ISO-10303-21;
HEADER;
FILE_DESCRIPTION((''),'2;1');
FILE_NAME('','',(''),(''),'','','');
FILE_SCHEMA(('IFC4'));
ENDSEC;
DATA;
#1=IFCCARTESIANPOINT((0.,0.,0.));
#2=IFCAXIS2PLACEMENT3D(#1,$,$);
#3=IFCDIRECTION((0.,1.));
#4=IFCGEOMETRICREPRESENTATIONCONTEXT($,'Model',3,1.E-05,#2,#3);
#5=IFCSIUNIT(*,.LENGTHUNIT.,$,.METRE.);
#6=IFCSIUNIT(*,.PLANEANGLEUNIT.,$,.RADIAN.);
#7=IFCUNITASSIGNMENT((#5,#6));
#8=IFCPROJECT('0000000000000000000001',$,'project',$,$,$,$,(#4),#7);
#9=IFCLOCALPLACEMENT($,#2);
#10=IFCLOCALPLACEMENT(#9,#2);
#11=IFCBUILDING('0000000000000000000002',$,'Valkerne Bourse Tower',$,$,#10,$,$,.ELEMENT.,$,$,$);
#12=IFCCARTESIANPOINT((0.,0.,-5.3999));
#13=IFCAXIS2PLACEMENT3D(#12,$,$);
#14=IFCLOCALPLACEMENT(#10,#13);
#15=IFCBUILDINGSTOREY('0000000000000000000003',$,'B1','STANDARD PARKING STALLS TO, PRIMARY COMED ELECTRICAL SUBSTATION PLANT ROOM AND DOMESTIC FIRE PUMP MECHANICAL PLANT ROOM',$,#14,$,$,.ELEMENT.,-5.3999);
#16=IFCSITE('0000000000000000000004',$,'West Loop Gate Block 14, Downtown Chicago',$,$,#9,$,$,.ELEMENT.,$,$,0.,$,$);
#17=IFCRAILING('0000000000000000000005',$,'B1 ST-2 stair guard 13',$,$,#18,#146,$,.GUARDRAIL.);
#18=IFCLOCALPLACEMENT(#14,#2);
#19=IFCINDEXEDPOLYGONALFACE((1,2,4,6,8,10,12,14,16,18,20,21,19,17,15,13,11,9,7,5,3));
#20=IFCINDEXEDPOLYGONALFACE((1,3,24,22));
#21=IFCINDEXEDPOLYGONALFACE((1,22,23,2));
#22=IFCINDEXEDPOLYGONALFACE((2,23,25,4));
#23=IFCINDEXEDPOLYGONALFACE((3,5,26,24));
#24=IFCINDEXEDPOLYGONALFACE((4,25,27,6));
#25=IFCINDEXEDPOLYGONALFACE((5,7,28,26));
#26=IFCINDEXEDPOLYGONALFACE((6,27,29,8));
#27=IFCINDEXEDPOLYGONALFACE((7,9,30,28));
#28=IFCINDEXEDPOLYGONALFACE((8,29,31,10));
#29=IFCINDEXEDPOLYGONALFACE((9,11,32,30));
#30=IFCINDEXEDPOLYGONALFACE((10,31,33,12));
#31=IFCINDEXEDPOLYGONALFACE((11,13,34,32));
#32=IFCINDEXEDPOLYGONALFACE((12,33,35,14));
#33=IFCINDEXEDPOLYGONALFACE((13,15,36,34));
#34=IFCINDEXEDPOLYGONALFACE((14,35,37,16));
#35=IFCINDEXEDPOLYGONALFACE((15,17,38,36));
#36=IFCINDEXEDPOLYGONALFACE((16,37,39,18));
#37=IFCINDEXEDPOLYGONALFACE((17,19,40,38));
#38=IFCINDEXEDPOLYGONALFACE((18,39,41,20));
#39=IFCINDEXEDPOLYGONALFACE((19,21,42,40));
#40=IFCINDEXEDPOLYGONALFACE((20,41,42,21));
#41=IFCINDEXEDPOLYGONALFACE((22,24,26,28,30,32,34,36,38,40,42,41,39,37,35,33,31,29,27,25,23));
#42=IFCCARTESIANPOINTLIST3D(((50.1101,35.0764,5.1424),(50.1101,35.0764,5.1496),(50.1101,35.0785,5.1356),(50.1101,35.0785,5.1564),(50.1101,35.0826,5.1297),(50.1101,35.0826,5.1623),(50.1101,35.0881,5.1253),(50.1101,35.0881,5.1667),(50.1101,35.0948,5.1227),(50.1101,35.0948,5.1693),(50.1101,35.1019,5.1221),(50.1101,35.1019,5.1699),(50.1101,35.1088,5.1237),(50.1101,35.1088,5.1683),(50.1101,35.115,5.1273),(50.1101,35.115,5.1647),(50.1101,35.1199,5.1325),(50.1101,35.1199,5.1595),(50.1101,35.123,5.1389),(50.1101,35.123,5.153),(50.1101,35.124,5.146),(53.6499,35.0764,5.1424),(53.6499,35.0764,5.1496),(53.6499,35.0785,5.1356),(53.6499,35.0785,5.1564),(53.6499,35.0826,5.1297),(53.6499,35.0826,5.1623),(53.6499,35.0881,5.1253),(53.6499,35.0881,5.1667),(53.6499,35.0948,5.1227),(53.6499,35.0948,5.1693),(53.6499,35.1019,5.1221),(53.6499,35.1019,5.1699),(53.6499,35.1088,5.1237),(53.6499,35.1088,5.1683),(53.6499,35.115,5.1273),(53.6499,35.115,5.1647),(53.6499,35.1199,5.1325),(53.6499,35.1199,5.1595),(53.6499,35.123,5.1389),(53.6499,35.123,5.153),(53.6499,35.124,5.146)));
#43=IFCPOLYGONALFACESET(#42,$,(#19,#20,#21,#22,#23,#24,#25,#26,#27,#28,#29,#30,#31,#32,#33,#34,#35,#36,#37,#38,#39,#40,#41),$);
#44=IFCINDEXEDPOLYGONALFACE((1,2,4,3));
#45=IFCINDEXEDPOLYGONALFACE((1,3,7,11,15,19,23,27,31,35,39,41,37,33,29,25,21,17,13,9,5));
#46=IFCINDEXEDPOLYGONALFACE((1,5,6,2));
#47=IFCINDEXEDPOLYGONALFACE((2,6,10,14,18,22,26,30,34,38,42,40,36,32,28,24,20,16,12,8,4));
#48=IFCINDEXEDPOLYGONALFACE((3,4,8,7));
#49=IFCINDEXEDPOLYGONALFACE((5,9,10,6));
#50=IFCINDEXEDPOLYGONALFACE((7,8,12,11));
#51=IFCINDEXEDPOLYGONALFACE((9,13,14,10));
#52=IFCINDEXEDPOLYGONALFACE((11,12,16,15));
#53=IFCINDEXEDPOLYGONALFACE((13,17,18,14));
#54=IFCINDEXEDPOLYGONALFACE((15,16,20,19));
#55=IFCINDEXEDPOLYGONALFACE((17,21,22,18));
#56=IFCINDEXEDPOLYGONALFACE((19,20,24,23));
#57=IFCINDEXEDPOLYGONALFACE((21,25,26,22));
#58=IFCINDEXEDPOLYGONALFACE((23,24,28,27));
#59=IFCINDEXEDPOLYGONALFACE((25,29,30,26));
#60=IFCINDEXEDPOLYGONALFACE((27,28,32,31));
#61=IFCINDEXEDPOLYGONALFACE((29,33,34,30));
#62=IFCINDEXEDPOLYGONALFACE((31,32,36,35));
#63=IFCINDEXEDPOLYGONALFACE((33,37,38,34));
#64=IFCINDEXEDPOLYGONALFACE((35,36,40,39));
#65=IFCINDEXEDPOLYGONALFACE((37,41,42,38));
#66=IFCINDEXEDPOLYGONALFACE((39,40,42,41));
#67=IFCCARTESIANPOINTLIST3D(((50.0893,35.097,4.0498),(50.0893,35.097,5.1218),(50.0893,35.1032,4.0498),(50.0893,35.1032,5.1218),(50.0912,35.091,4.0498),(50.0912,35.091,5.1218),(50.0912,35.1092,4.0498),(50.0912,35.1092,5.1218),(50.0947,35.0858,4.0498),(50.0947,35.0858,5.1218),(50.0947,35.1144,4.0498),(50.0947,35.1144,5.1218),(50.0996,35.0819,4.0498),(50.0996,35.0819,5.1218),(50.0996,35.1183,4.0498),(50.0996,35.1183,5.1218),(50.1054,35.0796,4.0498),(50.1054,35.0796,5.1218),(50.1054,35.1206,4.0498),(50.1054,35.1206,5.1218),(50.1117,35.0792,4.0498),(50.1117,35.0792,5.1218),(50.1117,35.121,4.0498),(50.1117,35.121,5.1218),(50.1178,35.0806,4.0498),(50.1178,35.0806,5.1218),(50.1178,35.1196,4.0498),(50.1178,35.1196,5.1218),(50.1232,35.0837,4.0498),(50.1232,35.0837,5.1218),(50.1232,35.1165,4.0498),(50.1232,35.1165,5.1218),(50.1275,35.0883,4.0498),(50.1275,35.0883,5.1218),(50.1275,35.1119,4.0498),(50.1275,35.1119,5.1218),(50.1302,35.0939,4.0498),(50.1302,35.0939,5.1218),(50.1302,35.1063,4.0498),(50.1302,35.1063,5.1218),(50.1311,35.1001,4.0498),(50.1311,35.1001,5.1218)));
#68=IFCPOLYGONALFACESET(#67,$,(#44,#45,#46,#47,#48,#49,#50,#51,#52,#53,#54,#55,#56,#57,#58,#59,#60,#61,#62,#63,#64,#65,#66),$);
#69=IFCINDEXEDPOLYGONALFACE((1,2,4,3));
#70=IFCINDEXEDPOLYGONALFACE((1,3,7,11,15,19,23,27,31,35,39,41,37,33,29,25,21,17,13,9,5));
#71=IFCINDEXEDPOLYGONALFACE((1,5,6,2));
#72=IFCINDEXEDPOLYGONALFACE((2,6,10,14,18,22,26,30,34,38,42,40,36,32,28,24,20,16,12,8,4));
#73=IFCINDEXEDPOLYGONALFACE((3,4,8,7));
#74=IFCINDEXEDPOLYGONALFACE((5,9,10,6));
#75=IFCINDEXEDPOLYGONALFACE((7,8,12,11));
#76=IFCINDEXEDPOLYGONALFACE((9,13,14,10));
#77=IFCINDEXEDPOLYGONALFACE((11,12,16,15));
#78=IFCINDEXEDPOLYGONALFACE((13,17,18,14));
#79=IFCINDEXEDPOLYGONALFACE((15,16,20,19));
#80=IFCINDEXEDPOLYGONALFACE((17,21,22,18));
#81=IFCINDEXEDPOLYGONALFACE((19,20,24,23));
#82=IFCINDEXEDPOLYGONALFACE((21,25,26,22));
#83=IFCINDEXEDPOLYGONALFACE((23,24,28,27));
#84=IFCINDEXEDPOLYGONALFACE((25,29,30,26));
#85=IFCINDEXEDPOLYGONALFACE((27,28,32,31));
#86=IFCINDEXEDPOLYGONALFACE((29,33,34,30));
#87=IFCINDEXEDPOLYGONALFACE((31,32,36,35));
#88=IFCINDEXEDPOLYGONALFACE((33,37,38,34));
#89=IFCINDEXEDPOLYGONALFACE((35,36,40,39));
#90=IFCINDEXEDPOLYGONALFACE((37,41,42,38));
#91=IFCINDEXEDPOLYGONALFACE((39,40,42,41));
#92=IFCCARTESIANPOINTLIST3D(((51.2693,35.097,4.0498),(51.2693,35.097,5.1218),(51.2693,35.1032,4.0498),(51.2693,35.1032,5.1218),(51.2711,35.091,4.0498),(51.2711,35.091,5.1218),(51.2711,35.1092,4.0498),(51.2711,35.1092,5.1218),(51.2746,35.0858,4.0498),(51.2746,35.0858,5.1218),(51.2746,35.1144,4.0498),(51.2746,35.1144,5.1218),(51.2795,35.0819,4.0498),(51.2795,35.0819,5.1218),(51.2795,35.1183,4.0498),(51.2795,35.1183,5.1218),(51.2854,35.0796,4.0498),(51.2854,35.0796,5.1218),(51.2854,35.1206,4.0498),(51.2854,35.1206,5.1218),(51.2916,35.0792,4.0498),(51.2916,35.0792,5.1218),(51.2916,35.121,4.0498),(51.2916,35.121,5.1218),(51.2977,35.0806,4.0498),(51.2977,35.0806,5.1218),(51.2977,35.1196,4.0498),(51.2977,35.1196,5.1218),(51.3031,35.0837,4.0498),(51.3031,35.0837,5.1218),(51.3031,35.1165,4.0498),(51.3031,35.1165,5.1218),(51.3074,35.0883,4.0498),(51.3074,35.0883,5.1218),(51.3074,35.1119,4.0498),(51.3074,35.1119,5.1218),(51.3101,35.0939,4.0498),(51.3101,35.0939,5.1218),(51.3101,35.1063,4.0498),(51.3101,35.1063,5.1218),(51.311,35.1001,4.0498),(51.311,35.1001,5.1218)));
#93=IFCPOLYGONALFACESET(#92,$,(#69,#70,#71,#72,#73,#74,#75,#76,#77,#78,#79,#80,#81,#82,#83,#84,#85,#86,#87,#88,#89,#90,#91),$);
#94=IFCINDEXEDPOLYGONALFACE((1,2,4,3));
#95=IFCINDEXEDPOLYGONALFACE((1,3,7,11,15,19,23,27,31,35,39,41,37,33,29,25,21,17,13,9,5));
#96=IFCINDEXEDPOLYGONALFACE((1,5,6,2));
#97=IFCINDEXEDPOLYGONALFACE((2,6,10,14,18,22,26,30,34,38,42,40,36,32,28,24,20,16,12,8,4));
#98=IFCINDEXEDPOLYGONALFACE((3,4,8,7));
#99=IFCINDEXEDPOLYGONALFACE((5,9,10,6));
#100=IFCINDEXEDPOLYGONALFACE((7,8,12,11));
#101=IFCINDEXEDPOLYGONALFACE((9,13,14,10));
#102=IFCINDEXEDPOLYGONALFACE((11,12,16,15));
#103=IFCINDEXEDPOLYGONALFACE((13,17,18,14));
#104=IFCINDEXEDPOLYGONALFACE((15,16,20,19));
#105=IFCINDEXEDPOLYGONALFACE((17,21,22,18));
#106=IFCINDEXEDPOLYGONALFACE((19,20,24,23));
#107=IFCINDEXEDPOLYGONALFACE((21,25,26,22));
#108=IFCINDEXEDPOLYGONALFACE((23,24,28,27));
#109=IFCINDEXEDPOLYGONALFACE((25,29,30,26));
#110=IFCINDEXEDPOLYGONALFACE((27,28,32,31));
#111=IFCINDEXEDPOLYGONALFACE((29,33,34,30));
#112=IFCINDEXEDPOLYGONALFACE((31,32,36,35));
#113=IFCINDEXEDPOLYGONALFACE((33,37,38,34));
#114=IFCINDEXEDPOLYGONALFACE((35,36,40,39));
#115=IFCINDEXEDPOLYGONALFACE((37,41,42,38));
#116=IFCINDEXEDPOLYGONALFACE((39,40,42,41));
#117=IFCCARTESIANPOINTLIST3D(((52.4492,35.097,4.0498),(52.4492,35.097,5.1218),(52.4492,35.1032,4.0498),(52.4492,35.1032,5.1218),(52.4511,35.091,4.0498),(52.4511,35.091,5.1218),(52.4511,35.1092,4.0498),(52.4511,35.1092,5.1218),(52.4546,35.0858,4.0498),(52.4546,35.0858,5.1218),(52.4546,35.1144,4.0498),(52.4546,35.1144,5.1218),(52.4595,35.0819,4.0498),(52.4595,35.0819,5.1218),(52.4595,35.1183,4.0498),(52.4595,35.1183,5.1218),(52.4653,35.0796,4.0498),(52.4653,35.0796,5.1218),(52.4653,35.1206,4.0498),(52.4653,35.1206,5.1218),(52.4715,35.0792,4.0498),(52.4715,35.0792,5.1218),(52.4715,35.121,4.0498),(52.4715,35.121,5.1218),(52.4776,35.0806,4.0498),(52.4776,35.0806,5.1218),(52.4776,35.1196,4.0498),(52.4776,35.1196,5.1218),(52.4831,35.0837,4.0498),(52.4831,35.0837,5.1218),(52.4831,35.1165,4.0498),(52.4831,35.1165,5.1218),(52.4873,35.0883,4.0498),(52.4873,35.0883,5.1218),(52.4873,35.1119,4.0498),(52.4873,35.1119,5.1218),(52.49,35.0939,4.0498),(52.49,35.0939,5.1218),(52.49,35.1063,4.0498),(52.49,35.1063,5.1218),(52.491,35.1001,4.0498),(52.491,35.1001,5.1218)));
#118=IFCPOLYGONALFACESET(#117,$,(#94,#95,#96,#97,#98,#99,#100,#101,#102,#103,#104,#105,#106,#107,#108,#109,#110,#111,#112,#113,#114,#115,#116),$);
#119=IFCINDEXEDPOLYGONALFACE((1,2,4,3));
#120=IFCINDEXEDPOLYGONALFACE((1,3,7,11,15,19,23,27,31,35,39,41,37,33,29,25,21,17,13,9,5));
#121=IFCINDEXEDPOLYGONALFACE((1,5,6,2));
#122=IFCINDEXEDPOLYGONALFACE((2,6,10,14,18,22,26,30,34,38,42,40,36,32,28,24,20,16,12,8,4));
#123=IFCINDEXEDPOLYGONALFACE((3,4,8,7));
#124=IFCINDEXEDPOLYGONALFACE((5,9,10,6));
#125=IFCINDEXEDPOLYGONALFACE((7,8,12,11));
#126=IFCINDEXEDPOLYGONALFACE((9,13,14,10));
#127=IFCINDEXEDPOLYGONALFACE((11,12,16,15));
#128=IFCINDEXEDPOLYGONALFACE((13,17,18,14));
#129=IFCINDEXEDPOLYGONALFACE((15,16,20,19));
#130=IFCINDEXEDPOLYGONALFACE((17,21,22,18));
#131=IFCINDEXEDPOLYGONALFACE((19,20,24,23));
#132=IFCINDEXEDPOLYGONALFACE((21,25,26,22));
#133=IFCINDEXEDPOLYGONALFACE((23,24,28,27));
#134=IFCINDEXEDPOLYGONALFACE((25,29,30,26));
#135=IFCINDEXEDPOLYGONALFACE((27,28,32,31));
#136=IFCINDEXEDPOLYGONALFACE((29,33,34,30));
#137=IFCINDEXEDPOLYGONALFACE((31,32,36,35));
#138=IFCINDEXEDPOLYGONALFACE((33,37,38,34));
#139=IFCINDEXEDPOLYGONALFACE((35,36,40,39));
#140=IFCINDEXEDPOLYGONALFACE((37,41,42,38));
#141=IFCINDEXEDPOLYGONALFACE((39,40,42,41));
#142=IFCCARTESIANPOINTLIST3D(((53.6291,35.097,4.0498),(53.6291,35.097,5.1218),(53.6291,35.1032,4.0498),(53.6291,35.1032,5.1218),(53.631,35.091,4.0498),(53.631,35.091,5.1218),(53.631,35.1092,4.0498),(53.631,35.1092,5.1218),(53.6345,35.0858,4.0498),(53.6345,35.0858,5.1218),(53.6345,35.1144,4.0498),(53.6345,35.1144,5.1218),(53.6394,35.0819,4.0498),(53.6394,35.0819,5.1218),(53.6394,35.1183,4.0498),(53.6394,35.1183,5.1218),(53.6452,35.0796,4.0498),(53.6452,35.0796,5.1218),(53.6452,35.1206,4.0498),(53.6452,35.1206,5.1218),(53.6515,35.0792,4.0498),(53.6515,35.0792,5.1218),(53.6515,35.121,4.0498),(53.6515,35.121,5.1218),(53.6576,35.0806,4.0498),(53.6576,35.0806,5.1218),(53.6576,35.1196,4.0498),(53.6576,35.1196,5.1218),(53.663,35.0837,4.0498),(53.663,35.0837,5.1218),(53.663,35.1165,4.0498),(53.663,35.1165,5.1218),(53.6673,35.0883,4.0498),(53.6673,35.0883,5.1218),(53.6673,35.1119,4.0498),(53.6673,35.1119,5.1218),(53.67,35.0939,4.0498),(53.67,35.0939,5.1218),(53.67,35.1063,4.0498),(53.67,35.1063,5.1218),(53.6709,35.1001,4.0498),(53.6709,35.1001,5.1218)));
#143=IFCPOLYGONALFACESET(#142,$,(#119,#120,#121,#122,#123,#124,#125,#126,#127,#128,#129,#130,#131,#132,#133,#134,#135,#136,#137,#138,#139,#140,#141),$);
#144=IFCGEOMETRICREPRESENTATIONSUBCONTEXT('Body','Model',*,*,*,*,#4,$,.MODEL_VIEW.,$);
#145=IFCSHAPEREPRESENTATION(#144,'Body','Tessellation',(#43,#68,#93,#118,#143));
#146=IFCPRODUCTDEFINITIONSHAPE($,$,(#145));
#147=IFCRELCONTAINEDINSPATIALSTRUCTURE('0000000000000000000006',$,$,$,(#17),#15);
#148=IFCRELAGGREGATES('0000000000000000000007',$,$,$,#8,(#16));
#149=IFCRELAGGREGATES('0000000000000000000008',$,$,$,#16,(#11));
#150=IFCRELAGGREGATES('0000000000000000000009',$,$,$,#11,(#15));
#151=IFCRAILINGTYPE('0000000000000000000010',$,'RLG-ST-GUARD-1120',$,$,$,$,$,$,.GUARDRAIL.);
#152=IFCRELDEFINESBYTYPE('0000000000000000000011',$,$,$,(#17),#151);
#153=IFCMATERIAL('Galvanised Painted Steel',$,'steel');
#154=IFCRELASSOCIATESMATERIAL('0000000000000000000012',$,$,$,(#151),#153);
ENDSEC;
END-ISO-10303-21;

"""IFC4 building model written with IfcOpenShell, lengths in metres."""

from ifc_helpers import new_model, si_unit, direction, frame, origin, origin_2d, place, context, subcontext, project, spatial, circle, extrude, material, type_object, element, save


model = new_model("IFC4")

# Units and contexts
model_context = context("Model", 3, precision=1e-05, world=origin(), true_north=direction((0.0, 1.0)))
body_context = subcontext(model_context, "Body", "Model", "MODEL_VIEW")
ifc_project = project(units=[si_unit("LENGTHUNIT", "METRE"), si_unit("PLANEANGLEUNIT", "RADIAN")], contexts=[model_context])

# Site, building, storey
site_placement = place(None, origin())
site = spatial("IfcSite", under=ifc_project, at=site_placement, Name="West Loop Gate Block 14, Downtown Chicago", CompositionType="ELEMENT", RefElevation=0.0)
building_placement = place(site_placement, origin())
building = spatial("IfcBuilding", under=site, at=building_placement, Name="Valkerne Bourse Tower", CompositionType="ELEMENT")
storey_placement = place(building_placement, frame((0.0, 0.0, -5.3999)))
storey = spatial("IfcBuildingStorey", under=building, at=storey_placement, Name="B1", Description="STANDARD PARKING STALLS TO, PRIMARY COMED ELECTRICAL SUBSTATION PLANT ROOM AND DOMESTIC FIRE PUMP MECHANICAL PLANT ROOM", CompositionType="ELEMENT", Elevation=-5.3999)

# Railing
ifc_material_1 = material(Name="Galvanised Painted Steel", Category="steel")
railing_type_1 = type_object("IfcRailingType", Name="RLG-ST-GUARD-1120", PredefinedType="GUARDRAIL", material=ifc_material_1)
railing_1_placement = place(storey_placement, frame((50.1101, 35.1001, 4.0498)))
element("IfcRailing", 1, at=railing_1_placement, inside=storey, type_object=railing_type_1, Name="B1 ST-2 stair guard 13", PredefinedType="GUARDRAIL", context=body_context, shape_type="SweptSolid", body=[
    extrude(circle(Radius=0.0239, at=origin_2d()), frame((0.0, 0.0, 1.0962), z_axis=(1.0, 0.0, 0.0), x_axis=(0.0, 1.0, 0.0)), (0.0, 0.0, 1.0), 3.5398),
    extrude(circle(Radius=0.021, at=origin_2d()), origin(), (0.0, 0.0, 1.0), 1.072),
    extrude(circle(Radius=0.021, at=origin_2d()), frame((1.1799, 0.0, 0.0)), (0.0, 0.0, 1.0), 1.072),
    extrude(circle(Radius=0.021, at=origin_2d()), frame((2.3599, 0.0, 0.0)), (0.0, 0.0, 1.0), 1.072),
    extrude(circle(Radius=0.021, at=origin_2d()), frame((3.5398, 0.0, 0.0)), (0.0, 0.0, 1.0), 1.072),
])

save(model, "model.ifc")
